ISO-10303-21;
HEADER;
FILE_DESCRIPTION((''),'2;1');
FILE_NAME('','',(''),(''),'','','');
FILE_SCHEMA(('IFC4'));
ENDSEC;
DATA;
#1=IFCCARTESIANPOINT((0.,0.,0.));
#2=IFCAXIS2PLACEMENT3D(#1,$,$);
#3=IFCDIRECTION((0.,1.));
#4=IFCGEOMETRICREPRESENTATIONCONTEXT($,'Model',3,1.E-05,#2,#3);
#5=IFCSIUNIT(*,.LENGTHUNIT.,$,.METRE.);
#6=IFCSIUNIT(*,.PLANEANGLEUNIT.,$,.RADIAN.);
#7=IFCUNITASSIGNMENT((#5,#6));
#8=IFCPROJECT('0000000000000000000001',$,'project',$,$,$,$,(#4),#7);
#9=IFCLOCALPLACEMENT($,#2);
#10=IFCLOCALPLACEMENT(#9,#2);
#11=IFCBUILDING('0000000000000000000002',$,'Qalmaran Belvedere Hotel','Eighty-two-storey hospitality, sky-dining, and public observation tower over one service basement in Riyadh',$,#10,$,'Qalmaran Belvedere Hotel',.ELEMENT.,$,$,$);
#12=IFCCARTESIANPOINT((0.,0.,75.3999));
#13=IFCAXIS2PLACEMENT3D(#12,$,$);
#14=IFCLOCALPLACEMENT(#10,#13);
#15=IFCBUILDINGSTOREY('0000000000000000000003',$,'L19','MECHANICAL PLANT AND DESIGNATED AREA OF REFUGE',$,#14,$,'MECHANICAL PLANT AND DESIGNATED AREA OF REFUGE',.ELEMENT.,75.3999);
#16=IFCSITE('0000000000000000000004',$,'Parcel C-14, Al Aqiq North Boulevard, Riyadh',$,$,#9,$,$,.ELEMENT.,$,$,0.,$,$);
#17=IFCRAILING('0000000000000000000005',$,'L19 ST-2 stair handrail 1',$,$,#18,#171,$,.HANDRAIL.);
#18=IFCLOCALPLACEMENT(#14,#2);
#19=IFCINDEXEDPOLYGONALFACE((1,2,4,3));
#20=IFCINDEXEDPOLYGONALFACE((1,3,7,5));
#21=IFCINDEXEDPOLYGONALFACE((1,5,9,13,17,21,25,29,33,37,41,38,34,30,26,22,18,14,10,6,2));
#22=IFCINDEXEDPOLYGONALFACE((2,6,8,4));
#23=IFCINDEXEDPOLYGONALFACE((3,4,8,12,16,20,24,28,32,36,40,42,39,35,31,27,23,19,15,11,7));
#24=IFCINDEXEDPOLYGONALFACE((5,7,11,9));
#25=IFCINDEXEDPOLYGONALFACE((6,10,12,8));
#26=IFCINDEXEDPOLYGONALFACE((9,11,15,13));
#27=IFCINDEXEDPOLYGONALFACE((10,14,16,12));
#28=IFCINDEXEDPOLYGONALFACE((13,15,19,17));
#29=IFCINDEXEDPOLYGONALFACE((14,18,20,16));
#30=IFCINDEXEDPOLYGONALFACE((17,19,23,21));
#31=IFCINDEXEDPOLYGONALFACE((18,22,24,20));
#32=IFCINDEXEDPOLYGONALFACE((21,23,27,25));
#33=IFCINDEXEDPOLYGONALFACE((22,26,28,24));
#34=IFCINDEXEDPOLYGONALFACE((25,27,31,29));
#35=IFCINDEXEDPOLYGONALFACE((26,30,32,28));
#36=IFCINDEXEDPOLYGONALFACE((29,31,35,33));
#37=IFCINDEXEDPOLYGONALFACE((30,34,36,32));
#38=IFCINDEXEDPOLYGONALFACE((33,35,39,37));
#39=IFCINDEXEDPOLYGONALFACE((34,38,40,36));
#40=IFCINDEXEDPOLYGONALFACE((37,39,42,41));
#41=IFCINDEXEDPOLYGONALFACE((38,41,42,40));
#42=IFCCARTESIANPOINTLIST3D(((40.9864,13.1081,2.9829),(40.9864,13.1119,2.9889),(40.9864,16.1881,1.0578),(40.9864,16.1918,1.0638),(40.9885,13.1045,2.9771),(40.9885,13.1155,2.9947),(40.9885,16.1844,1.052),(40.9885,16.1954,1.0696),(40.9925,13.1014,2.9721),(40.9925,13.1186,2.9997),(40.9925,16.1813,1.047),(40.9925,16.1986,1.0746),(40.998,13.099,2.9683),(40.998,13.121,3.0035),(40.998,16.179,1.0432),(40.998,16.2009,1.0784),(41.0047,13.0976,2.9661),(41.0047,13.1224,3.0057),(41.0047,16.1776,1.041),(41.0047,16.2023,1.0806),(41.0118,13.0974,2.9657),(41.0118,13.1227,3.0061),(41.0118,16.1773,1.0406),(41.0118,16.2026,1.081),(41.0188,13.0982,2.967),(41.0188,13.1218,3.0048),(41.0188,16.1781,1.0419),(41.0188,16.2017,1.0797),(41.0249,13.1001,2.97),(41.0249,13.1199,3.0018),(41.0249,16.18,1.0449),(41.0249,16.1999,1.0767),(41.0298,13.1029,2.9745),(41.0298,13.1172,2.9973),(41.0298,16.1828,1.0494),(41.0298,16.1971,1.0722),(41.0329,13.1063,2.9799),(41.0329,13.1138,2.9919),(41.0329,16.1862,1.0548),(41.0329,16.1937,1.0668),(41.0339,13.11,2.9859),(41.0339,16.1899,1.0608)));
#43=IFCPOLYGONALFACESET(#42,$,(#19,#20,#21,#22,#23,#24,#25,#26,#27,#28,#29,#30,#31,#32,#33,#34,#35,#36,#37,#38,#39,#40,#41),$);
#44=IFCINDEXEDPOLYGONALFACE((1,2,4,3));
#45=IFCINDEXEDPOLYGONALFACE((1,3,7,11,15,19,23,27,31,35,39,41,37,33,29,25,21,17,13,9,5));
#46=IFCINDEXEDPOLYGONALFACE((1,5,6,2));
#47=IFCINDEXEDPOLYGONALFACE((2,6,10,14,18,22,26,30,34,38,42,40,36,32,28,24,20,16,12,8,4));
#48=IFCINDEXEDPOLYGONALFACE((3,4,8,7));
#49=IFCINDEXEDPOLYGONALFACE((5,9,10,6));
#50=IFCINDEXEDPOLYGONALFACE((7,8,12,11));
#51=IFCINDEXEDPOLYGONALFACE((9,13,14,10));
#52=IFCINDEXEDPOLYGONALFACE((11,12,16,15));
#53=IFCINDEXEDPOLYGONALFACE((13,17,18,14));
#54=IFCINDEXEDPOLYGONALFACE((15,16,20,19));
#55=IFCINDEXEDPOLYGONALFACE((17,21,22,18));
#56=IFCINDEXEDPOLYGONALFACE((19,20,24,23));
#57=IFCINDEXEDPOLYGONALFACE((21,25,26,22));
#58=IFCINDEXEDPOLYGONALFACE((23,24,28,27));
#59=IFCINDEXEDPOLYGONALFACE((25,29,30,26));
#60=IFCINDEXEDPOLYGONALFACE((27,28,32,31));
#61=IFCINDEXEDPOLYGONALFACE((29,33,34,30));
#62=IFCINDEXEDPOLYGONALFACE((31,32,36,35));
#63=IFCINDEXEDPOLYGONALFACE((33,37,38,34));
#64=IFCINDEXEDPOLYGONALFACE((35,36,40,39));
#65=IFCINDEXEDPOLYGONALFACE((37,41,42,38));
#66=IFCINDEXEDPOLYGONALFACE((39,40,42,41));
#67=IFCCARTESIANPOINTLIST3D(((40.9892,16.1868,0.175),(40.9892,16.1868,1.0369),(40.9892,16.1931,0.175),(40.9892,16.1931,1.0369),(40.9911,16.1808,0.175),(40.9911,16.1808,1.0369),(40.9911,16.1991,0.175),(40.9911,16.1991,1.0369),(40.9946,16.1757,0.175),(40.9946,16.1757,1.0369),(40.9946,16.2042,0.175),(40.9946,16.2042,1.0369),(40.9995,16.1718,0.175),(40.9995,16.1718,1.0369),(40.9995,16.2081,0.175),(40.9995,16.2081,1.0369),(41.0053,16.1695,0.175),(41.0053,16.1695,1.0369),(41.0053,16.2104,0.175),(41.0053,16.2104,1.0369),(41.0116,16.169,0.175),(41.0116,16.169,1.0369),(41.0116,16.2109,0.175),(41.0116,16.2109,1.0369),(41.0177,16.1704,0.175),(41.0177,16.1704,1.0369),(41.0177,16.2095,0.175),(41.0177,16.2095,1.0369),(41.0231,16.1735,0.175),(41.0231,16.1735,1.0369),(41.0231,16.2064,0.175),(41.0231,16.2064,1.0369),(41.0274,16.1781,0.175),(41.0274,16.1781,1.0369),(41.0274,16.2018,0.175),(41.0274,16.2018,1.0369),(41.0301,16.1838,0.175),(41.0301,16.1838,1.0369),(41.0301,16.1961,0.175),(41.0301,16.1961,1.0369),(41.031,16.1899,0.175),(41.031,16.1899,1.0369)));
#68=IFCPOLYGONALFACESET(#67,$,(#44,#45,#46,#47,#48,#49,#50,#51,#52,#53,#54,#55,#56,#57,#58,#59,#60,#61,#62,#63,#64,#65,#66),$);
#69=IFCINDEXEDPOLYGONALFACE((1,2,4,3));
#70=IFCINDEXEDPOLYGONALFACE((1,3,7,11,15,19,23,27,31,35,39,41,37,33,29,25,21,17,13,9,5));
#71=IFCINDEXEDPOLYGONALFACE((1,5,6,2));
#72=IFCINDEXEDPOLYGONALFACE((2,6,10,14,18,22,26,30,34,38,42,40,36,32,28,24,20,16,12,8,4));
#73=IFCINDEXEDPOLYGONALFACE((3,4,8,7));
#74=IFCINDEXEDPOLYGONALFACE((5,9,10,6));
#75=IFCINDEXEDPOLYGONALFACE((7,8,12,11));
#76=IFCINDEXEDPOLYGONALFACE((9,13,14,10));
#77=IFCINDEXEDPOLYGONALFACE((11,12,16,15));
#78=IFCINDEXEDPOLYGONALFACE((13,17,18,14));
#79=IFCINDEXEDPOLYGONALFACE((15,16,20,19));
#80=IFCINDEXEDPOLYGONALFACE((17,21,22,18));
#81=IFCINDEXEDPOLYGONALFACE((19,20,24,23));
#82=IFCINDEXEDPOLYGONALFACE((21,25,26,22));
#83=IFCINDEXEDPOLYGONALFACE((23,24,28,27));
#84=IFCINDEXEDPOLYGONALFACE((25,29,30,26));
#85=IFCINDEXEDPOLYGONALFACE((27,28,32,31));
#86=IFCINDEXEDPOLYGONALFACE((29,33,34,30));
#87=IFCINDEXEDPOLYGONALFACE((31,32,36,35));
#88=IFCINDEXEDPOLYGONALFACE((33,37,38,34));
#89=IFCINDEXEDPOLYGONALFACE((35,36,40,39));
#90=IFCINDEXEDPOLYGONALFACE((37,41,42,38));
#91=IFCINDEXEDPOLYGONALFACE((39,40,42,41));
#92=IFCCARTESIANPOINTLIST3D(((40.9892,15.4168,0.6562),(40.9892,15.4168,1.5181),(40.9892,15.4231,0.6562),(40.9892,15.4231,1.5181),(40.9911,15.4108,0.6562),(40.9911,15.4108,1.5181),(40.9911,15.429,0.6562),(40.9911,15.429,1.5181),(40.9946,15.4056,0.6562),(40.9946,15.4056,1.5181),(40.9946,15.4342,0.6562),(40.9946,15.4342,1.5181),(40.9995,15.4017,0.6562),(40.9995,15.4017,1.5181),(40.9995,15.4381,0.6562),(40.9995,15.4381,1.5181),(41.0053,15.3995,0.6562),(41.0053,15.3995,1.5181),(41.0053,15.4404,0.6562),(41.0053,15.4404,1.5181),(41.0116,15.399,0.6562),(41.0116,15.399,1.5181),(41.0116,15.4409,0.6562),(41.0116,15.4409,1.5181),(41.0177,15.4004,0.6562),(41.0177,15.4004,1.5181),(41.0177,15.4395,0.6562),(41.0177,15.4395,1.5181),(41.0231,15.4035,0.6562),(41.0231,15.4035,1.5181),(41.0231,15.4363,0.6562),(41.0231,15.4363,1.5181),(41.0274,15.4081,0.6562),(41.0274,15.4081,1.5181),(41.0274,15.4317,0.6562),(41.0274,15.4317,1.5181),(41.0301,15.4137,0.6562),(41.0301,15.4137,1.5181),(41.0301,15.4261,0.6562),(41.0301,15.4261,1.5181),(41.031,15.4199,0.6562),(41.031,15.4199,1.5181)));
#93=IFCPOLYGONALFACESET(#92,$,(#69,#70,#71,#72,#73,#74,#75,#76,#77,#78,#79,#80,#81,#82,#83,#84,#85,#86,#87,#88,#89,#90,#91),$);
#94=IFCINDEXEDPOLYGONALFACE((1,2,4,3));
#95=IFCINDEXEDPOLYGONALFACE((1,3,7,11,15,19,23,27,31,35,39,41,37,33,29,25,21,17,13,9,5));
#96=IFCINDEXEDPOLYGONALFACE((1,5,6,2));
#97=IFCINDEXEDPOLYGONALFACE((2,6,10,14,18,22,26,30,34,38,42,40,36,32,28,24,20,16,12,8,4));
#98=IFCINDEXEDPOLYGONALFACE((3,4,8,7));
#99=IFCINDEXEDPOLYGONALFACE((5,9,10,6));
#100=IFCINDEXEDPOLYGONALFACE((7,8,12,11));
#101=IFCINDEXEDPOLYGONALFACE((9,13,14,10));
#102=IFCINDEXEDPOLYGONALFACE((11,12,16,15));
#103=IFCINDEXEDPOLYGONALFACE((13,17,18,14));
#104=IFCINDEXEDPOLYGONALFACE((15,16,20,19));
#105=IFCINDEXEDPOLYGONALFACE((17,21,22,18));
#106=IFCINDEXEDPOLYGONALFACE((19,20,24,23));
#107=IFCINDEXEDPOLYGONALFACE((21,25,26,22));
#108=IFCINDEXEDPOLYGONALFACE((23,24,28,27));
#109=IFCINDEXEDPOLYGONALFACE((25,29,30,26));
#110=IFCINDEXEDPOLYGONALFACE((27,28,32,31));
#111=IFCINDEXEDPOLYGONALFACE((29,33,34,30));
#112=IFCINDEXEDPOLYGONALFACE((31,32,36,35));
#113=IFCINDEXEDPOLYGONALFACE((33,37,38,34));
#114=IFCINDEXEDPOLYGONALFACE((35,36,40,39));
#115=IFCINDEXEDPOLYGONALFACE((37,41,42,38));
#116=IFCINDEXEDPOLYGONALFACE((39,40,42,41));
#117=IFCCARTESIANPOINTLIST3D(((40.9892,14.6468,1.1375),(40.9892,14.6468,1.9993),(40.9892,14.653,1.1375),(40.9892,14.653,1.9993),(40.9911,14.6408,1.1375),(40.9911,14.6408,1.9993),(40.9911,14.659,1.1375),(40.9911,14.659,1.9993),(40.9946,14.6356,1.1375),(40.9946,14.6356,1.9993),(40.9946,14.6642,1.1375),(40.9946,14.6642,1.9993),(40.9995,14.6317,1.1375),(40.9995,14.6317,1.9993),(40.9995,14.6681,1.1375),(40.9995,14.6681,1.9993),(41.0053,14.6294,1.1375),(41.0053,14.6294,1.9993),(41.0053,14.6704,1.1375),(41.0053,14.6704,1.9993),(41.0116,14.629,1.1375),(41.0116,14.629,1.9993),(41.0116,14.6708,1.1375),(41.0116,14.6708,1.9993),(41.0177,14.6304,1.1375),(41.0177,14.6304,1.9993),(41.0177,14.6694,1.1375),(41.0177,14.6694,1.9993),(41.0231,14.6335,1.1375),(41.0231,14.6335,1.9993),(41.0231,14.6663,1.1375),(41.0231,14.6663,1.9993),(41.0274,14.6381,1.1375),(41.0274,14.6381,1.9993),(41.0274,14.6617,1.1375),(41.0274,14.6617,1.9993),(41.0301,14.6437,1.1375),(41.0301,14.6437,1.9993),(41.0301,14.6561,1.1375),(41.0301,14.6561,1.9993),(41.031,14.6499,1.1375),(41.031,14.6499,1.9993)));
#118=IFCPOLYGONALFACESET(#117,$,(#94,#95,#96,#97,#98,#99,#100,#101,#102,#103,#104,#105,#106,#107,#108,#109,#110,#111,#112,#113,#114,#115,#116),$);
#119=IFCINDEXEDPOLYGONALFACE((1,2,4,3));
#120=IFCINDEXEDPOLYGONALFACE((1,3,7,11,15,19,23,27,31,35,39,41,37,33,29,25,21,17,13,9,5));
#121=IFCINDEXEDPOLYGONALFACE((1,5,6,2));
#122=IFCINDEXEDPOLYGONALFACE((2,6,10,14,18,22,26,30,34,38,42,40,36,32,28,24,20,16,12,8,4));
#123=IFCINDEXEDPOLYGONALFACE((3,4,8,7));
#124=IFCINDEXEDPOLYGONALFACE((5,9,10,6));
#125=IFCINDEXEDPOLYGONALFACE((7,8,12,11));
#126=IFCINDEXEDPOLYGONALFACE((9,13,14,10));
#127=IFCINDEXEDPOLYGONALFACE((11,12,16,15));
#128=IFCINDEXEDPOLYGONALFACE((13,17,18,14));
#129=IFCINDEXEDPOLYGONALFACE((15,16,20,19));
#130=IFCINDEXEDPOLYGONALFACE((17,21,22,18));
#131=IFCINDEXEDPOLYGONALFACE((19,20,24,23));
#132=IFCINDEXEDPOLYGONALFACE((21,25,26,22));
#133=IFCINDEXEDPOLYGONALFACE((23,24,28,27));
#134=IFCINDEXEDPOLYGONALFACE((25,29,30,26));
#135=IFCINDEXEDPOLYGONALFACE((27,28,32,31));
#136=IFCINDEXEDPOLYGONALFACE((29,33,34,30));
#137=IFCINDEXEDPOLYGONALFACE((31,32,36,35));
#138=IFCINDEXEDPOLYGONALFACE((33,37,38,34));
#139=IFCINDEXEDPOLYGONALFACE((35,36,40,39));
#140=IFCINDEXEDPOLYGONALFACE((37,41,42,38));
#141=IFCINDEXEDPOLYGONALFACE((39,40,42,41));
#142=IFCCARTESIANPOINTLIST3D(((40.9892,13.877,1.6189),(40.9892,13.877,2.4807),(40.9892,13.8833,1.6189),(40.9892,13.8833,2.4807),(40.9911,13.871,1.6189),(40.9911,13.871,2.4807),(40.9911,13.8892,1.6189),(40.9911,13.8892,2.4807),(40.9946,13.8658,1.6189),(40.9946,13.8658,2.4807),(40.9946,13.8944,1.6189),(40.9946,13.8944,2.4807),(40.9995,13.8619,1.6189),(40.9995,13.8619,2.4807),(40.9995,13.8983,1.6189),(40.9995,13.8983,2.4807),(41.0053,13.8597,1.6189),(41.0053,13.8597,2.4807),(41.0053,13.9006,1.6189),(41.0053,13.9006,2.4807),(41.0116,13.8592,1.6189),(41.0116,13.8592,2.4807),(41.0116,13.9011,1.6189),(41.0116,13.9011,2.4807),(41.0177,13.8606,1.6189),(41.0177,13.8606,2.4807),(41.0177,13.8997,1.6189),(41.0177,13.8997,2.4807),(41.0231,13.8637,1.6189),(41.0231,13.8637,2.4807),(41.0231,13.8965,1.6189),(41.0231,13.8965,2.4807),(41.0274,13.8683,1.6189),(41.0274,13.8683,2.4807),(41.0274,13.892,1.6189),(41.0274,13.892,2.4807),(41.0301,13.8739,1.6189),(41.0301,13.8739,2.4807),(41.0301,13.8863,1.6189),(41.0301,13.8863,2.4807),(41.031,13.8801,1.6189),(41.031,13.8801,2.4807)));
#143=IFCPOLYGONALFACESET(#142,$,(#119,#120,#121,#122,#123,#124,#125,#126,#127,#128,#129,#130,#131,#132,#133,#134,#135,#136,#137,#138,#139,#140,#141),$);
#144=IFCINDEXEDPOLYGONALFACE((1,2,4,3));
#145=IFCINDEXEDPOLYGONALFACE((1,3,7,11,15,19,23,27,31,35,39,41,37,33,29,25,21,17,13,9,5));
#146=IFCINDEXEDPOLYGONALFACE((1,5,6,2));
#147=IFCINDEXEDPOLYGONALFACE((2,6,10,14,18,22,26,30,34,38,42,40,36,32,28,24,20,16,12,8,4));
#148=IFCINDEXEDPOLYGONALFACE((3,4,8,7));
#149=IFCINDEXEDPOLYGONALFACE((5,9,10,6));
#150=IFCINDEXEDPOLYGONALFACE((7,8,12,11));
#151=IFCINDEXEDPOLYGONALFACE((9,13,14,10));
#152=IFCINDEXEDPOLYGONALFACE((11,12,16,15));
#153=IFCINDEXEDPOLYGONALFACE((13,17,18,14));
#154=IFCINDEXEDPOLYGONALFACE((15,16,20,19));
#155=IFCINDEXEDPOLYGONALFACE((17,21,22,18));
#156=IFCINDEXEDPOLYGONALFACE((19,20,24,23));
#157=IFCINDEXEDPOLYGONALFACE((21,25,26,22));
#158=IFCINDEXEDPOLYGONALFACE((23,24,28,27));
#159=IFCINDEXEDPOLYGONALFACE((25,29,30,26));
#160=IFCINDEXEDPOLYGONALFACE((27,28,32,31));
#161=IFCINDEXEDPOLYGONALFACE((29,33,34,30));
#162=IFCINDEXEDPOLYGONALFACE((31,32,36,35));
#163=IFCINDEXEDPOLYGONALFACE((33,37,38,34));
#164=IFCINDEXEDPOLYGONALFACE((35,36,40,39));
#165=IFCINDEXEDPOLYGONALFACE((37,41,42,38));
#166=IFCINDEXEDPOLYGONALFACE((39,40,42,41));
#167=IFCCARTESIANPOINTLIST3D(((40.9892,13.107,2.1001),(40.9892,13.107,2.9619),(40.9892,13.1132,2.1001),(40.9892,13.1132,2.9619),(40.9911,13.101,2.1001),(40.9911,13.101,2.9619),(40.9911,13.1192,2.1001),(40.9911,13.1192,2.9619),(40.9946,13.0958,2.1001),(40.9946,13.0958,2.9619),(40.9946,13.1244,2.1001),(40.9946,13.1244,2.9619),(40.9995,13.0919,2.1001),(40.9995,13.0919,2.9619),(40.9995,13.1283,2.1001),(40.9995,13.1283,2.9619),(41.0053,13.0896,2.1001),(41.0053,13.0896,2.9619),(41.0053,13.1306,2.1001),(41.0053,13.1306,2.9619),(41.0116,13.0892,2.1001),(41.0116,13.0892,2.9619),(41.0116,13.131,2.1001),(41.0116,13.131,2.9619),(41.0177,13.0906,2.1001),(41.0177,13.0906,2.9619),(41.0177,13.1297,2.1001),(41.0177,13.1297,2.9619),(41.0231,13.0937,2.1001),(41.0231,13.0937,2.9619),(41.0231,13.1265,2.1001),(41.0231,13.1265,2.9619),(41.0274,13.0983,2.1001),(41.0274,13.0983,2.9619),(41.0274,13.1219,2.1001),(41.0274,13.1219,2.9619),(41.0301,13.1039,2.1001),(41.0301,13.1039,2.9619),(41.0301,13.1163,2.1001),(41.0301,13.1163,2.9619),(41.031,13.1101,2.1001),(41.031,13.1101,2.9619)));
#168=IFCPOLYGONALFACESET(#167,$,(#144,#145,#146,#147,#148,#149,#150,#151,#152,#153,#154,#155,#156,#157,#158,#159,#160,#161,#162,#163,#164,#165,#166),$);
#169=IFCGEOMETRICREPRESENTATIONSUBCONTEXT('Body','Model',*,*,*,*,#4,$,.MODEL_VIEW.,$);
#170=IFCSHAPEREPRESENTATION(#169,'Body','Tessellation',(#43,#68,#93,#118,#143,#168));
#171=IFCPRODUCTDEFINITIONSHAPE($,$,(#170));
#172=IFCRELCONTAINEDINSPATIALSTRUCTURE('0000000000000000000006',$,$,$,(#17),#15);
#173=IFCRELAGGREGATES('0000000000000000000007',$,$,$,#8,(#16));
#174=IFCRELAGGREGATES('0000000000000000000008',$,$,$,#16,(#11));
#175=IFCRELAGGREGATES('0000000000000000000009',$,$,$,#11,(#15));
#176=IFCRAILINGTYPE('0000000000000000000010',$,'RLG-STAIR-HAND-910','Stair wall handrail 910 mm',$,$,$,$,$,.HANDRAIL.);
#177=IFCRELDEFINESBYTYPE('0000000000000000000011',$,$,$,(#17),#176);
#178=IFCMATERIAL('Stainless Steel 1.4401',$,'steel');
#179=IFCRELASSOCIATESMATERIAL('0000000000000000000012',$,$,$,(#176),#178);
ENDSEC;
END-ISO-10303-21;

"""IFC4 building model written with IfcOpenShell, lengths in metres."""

from ifc_helpers import new_model, si_unit, direction, frame, origin, origin_2d, place, context, subcontext, project, spatial, circle, extrude, material, type_object, element, save


model = new_model("IFC4")

# Units and contexts
model_context = context("Model", 3, precision=1e-05, world=origin(), true_north=direction((0.0, 1.0)))
body_context = subcontext(model_context, "Body", "Model", "MODEL_VIEW")
ifc_project = project(units=[si_unit("LENGTHUNIT", "METRE"), si_unit("PLANEANGLEUNIT", "RADIAN")], contexts=[model_context])

# Site, building, storey
site_placement = place(None, origin())
site = spatial("IfcSite", under=ifc_project, at=site_placement, Name="Parcel C-14, Al Aqiq North Boulevard, Riyadh", CompositionType="ELEMENT", RefElevation=0.0)
building_placement = place(site_placement, origin())
building = spatial("IfcBuilding", under=site, at=building_placement, Name="Qalmaran Belvedere Hotel", Description="Eighty-two-storey hospitality, sky-dining, and public observation tower over one service basement in Riyadh", LongName="Qalmaran Belvedere Hotel", CompositionType="ELEMENT")
storey_placement = place(building_placement, frame((0.0, 0.0, 75.3999)))
storey = spatial("IfcBuildingStorey", under=building, at=storey_placement, Name="L19", Description="MECHANICAL PLANT AND DESIGNATED AREA OF REFUGE", LongName="MECHANICAL PLANT AND DESIGNATED AREA OF REFUGE", CompositionType="ELEMENT", Elevation=75.3999)

# Shared definitions
ifc_material_1 = material(Name="Stainless Steel 1.4401", Category="steel")

# Railing
railing_type = type_object("IfcRailingType", Name="RLG-STAIR-HAND-910", Description="Stair wall handrail 910 mm", PredefinedType="HANDRAIL", material=ifc_material_1)
for number, where, name in (
    (1, (41.01, 16.1899, 0.175), "L19 ST-2 stair handrail 1"),
):
    element("IfcRailing", number, at=place(storey_placement, frame(where)), inside=storey, type_object=railing_type, Name=name, PredefinedType="HANDRAIL", context=body_context, shape_type="SweptSolid", body=[
        extrude(circle(Radius=0.0239, at=origin_2d()), frame((0.0, 0.0, 0.8857), z_axis=(0.0, -0.847979, 0.530029), x_axis=(1.0, 0.0, 0.0)), (0.0, 0.0, 1.0), 3.6321),
        extrude(circle(Radius=0.021, at=origin_2d()), origin(), (0.0, 0.0, 1.0), 0.8618),
        extrude(circle(Radius=0.021, at=origin_2d()), frame((0.0, -0.77, 0.4812)), (0.0, 0.0, 1.0), 0.8618),
        extrude(circle(Radius=0.021, at=origin_2d()), frame((0.0, -1.54, 0.9624)), (0.0, 0.0, 1.0), 0.8618),
        extrude(circle(Radius=0.021, at=origin_2d()), frame((0.0, -2.3098, 1.4438)), (0.0, 0.0, 1.0), 0.8618),
        extrude(circle(Radius=0.021, at=origin_2d()), frame((0.0, -3.0798, 1.925)), (0.0, 0.0, 1.0), 0.8618),
    ])

save(model, "model.ifc")
